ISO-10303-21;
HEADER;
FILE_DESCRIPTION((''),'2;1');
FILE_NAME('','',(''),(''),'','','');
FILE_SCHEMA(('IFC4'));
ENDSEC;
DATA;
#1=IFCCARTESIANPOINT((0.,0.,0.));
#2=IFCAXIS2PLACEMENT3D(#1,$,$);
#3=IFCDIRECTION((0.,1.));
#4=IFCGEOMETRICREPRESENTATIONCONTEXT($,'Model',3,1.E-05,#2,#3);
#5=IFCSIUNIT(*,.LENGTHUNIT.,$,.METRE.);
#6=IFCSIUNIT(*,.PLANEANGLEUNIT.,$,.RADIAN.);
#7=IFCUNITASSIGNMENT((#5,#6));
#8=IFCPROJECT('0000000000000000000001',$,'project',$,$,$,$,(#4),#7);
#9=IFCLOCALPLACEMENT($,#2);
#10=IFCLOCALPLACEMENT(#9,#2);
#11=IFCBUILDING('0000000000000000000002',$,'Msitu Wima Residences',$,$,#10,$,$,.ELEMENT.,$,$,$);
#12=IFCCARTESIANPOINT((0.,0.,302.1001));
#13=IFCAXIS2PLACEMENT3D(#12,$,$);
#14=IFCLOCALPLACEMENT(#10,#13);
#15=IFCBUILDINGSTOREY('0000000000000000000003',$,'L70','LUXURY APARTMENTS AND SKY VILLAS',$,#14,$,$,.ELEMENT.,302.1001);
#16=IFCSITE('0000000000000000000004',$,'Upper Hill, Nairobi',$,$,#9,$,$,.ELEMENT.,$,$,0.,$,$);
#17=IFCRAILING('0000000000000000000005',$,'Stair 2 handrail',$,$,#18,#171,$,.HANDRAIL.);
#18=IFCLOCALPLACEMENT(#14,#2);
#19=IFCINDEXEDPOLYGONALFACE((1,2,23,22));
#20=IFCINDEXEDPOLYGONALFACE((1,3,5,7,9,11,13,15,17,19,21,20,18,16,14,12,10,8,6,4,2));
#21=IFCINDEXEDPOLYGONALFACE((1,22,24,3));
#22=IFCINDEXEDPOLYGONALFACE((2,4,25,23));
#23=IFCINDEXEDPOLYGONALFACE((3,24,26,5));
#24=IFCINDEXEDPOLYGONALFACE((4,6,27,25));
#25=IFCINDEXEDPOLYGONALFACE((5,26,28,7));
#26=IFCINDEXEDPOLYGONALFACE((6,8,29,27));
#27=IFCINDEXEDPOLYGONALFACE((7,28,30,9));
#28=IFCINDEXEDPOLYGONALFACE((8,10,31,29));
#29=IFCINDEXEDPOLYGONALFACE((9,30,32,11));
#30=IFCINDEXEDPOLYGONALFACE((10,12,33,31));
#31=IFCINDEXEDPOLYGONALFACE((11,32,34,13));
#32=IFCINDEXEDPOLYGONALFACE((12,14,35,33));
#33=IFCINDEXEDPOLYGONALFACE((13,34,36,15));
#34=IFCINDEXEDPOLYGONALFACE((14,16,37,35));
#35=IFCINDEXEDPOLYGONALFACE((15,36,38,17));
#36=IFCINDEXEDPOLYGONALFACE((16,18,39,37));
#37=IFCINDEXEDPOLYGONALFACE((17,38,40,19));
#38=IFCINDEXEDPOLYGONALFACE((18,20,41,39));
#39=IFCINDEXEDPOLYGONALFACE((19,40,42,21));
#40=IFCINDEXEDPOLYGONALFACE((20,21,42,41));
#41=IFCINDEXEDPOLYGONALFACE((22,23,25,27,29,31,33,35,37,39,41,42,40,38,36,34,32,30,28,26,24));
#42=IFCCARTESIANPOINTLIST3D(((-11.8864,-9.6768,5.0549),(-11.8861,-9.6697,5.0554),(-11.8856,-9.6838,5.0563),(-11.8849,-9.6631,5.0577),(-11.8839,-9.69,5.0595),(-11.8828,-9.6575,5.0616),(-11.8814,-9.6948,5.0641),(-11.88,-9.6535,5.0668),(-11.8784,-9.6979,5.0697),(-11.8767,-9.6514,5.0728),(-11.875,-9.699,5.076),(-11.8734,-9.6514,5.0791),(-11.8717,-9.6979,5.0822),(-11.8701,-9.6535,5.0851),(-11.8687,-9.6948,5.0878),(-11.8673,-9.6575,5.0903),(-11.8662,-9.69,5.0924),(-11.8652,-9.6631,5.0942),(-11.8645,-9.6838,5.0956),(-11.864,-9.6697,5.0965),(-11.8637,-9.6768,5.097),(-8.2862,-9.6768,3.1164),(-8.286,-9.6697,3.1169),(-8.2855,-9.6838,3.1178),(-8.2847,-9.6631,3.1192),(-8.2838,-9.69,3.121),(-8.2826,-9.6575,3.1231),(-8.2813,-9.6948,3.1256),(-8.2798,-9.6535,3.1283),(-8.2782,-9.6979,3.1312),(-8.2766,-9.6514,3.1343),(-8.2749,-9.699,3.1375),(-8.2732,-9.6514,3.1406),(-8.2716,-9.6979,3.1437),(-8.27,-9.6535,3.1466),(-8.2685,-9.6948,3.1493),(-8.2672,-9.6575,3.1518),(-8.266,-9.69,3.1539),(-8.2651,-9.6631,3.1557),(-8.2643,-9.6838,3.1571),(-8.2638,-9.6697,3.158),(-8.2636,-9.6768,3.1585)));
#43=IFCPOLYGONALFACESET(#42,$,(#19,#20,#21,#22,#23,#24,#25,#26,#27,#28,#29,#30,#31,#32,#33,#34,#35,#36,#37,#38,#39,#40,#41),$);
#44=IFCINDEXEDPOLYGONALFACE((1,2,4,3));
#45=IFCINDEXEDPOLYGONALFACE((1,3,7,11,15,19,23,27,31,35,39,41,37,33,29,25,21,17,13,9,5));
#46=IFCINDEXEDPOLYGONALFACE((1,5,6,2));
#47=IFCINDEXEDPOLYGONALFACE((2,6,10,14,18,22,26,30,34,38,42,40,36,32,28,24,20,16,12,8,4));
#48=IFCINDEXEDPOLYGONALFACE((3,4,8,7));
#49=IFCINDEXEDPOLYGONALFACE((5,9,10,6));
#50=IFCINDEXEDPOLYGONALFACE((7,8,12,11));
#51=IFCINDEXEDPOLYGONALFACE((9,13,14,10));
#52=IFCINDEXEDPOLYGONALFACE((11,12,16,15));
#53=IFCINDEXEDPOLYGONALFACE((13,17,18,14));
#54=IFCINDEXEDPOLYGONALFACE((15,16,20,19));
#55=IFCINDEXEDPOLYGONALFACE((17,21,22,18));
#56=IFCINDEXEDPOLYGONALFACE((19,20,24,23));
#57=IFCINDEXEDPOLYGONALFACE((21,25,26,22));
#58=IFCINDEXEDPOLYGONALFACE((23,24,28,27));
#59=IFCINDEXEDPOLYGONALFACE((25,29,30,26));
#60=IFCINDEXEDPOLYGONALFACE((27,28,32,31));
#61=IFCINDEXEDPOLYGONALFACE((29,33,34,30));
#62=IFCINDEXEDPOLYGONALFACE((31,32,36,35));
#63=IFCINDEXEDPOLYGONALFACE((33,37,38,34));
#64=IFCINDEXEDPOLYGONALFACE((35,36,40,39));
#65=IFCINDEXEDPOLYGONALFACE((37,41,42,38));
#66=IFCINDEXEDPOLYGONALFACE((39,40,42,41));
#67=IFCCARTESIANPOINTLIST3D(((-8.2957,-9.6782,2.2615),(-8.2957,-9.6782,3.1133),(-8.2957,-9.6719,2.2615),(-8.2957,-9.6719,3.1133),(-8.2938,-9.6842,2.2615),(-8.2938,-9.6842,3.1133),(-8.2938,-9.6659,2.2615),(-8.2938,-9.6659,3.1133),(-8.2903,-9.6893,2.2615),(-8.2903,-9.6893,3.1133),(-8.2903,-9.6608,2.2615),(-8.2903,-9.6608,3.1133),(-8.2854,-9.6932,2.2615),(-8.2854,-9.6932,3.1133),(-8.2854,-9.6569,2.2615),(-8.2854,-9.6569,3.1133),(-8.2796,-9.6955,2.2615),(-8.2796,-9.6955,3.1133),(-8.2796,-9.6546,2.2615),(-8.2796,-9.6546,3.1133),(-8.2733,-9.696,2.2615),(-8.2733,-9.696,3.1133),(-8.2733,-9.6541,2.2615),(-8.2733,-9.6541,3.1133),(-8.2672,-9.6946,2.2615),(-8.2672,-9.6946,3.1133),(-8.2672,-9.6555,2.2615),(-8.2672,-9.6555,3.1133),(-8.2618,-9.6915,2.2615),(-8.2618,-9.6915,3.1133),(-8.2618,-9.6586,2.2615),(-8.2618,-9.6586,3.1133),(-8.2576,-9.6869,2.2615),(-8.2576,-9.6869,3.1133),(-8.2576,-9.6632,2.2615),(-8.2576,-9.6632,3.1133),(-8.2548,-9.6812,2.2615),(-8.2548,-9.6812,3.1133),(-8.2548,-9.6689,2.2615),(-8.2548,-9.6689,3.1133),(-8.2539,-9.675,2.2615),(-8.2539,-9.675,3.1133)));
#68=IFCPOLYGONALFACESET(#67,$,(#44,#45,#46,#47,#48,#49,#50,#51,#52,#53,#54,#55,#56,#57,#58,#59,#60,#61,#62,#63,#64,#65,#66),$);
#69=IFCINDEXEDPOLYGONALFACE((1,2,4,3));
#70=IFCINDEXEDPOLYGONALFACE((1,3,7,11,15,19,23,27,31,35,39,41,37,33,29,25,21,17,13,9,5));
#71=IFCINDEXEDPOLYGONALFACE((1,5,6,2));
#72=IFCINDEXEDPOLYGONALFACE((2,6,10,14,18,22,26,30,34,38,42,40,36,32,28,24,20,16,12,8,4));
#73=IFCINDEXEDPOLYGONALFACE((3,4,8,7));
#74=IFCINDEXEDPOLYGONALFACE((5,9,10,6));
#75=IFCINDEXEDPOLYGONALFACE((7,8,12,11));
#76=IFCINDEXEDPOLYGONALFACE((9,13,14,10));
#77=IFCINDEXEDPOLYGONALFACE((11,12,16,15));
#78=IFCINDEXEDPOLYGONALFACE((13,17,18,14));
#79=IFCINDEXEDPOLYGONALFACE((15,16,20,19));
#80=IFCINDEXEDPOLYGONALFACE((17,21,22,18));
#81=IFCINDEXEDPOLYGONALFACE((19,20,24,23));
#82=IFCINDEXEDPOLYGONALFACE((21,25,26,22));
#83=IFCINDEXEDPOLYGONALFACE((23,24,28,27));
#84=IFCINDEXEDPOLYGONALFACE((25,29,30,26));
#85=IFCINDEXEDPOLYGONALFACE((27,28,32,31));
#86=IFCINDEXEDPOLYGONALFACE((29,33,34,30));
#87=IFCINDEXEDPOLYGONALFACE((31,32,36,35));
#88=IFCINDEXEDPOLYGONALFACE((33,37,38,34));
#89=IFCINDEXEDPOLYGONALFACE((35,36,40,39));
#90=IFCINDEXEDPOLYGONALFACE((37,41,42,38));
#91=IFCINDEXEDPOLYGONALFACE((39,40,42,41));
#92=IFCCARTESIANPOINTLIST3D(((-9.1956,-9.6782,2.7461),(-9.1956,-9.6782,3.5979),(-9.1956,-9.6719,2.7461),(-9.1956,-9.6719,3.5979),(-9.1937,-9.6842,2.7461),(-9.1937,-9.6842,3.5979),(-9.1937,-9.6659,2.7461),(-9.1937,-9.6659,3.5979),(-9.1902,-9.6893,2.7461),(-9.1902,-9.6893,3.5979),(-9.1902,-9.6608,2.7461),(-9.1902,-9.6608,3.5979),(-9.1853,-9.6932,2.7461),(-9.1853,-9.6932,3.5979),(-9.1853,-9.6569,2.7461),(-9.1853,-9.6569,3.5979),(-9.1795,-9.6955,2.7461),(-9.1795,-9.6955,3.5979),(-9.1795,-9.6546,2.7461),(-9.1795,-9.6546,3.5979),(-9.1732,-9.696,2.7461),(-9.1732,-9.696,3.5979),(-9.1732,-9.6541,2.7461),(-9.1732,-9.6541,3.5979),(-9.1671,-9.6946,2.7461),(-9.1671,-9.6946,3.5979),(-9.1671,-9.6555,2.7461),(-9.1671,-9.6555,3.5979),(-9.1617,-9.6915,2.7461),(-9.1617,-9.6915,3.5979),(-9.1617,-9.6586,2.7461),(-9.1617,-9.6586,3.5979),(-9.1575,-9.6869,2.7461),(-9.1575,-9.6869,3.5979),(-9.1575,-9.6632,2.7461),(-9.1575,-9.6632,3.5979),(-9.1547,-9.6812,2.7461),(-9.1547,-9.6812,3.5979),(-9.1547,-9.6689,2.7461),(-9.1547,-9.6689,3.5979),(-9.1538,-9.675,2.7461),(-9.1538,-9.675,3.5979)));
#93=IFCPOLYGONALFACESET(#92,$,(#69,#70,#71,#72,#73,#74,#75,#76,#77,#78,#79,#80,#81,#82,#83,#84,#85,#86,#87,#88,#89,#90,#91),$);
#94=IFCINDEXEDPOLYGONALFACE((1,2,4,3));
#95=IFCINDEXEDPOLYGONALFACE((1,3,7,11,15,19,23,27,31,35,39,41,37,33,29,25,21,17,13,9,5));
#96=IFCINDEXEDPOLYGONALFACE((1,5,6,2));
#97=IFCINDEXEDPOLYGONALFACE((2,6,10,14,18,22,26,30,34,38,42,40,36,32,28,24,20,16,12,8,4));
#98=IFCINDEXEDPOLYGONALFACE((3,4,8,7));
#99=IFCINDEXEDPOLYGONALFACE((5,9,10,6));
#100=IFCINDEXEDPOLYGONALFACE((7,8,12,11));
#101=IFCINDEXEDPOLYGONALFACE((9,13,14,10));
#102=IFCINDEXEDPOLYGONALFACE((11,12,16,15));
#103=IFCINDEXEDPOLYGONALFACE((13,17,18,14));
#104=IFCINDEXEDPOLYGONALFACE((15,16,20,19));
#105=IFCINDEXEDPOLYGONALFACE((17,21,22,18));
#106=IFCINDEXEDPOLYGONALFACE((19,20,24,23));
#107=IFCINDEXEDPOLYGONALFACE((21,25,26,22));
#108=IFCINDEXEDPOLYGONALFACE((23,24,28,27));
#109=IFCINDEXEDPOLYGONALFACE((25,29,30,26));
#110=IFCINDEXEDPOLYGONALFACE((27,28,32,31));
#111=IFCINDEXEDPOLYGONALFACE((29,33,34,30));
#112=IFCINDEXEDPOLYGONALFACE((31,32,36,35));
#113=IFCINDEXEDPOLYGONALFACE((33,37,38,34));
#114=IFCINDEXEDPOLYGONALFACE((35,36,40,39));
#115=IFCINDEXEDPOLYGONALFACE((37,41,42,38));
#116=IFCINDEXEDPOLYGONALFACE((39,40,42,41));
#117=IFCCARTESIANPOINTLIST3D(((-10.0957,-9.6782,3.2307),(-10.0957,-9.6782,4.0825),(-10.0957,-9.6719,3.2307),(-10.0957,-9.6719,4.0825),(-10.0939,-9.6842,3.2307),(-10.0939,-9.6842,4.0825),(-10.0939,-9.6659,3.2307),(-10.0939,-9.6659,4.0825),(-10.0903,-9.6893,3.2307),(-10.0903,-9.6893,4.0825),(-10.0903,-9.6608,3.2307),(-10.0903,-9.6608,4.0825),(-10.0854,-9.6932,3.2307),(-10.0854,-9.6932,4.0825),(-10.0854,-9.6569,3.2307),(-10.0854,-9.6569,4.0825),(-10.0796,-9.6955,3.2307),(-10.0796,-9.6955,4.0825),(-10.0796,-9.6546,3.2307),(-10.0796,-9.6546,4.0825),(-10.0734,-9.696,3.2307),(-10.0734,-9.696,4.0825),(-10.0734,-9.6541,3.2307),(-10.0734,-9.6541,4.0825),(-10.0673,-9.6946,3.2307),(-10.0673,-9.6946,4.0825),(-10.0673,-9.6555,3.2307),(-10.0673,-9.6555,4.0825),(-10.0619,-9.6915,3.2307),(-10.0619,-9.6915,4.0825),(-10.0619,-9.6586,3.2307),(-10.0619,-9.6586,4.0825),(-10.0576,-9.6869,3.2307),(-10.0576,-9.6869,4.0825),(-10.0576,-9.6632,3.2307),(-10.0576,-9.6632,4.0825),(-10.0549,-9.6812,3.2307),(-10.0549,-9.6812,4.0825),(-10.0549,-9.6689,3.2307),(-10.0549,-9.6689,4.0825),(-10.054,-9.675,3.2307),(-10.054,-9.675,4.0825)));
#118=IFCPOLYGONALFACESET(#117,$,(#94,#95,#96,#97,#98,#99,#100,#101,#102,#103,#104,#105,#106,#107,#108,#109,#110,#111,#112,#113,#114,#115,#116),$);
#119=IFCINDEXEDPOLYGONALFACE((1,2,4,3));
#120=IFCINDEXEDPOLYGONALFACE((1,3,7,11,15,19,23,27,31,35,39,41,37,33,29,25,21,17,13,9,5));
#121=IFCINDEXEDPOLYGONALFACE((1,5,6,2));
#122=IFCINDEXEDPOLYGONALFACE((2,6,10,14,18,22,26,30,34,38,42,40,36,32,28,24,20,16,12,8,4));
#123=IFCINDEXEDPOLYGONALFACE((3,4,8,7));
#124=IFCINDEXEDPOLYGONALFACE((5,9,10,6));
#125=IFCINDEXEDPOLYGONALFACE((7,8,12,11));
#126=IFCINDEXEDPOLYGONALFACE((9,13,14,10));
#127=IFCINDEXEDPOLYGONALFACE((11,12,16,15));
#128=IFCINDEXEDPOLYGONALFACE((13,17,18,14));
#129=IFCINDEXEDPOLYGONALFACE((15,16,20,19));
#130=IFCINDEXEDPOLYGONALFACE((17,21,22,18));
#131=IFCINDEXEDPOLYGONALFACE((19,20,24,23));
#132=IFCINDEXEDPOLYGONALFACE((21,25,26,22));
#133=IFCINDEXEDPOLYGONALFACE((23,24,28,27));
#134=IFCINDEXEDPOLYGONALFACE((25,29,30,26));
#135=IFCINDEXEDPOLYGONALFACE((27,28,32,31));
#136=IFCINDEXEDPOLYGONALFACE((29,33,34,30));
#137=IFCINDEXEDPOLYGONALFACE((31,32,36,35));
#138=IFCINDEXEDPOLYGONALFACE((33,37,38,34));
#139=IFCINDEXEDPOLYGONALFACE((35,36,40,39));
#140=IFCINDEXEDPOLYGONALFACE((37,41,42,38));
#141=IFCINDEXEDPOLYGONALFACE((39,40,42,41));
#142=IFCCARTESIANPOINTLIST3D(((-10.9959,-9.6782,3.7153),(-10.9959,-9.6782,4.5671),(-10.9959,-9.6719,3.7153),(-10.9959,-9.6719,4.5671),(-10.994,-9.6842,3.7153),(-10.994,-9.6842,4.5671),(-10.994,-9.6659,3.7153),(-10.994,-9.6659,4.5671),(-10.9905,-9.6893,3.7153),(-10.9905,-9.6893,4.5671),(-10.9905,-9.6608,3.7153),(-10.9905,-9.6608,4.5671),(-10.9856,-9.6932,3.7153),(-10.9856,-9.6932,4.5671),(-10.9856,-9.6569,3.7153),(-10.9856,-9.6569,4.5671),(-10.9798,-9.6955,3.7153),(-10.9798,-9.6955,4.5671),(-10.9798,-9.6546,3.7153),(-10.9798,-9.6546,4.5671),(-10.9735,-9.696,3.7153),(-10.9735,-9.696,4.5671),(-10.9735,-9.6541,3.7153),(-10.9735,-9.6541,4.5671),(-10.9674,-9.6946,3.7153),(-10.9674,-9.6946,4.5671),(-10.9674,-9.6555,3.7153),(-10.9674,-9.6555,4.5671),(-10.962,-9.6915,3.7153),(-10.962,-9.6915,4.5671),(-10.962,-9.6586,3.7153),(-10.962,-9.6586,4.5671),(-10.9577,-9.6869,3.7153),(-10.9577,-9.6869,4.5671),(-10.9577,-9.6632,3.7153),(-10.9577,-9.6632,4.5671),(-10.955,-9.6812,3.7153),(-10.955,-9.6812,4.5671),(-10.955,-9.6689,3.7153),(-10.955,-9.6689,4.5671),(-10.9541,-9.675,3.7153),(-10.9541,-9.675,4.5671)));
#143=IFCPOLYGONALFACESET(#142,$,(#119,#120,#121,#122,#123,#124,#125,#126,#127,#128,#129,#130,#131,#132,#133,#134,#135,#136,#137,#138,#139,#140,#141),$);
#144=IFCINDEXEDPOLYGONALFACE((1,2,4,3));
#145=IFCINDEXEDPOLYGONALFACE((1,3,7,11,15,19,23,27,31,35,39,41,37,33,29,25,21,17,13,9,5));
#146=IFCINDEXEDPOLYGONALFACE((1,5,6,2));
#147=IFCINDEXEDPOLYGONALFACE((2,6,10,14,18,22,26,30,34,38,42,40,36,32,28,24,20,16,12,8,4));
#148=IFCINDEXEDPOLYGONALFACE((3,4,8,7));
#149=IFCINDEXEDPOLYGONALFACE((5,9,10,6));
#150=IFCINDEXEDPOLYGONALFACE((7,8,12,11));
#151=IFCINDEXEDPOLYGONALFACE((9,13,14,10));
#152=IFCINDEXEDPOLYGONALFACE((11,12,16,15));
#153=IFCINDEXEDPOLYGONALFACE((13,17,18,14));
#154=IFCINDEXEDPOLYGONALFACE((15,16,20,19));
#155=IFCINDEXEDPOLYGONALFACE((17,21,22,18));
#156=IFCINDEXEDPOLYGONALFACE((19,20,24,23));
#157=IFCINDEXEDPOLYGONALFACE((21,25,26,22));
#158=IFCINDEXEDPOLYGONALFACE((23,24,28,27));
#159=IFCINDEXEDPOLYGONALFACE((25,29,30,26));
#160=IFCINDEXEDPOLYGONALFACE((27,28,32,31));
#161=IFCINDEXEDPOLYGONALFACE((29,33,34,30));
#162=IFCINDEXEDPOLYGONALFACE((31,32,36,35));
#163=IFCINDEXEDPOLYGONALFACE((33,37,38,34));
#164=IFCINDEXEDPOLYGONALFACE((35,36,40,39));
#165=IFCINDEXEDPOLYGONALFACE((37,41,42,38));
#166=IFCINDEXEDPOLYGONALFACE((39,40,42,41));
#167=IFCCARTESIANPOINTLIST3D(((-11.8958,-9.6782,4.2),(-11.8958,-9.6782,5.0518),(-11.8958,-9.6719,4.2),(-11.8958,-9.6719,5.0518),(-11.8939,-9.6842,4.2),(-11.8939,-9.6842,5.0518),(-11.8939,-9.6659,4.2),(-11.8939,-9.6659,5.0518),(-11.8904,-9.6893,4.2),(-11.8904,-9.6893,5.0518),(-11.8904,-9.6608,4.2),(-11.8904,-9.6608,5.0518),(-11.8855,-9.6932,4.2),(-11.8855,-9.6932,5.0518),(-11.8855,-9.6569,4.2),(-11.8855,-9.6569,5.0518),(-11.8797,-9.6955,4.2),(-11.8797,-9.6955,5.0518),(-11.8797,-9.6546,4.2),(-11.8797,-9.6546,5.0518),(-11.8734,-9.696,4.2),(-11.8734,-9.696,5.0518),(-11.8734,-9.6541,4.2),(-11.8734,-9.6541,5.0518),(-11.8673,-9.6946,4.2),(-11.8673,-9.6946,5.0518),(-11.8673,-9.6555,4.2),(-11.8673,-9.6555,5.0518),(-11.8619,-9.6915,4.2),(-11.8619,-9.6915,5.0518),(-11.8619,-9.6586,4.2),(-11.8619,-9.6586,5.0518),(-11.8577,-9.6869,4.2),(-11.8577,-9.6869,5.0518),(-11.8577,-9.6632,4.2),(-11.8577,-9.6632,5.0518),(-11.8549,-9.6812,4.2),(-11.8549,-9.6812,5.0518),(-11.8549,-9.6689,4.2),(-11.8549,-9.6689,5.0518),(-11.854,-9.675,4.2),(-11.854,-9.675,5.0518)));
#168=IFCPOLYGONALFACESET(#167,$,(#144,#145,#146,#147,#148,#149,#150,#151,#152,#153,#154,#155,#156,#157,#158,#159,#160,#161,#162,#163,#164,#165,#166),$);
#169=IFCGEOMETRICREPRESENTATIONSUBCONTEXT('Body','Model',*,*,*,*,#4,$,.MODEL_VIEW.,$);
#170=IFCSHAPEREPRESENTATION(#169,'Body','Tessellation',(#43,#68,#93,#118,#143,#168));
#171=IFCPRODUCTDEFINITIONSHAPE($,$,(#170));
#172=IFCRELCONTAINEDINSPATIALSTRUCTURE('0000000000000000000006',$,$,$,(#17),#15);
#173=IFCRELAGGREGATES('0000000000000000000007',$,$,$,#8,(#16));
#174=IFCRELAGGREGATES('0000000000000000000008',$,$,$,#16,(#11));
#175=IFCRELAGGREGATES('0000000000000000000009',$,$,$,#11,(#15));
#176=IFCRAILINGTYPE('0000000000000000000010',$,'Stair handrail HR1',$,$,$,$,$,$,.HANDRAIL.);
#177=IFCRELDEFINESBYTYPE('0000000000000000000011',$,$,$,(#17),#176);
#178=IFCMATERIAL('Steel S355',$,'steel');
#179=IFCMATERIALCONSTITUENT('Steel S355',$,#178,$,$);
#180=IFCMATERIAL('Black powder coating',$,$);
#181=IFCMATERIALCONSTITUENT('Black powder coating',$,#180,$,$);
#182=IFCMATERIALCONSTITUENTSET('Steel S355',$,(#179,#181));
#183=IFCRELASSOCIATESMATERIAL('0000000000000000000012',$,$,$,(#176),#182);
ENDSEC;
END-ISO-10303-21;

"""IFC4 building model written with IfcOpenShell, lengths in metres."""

from ifc_helpers import new_model, si_unit, direction, frame, origin, origin_2d, place, context, subcontext, project, spatial, circle, extrude, material, constituent, constituent_set, type_object, element, save


model = new_model("IFC4")

# Units and contexts
model_context = context("Model", 3, precision=1e-05, world=origin(), true_north=direction((0.0, 1.0)))
body_context = subcontext(model_context, "Body", "Model", "MODEL_VIEW")
ifc_project = project(units=[si_unit("LENGTHUNIT", "METRE"), si_unit("PLANEANGLEUNIT", "RADIAN")], contexts=[model_context])

# Site, building, storey
site_placement = place(None, origin())
site = spatial("IfcSite", under=ifc_project, at=site_placement, Name="Upper Hill, Nairobi", CompositionType="ELEMENT", RefElevation=0.0)
building_placement = place(site_placement, origin())
building = spatial("IfcBuilding", under=site, at=building_placement, Name="Msitu Wima Residences", CompositionType="ELEMENT")
storey_placement = place(building_placement, frame((0.0, 0.0, 302.1001)))
storey = spatial("IfcBuildingStorey", under=building, at=storey_placement, Name="L70", Description="LUXURY APARTMENTS AND SKY VILLAS", CompositionType="ELEMENT", Elevation=302.1001)

# Railing
ifc_material_1 = material(Name="Steel S355", Category="steel")
ifc_constituent_1 = constituent(ifc_material_1, Name="Steel S355")
ifc_material_2 = material(Name="Black powder coating")
ifc_constituent_2 = constituent(ifc_material_2, Name="Black powder coating")
ifc_constituent_set = constituent_set(constituents=[ifc_constituent_1, ifc_constituent_2], Name="Steel S355")
railing_type = type_object("IfcRailingType", Name="Stair handrail HR1", PredefinedType="HANDRAIL", material=ifc_constituent_set)
for number, where, name in (
    (1, (-8.2749, -9.675, 2.2615), "Stair 2 handrail"),
):
    element("IfcRailing", number, at=place(storey_placement, frame(where)), inside=storey, type_object=railing_type, Name=name, PredefinedType="HANDRAIL", context=body_context, shape_type="SweptSolid", body=[
        extrude(circle(Radius=0.0239, at=origin_2d()), frame((0.0, 0.0, 0.876), z_axis=(-0.880475, 0.0, 0.474093), x_axis=(0.0, -1.0, 0.0)), (0.0, 0.0, 1.0), 4.0889),
        extrude(circle(Radius=0.021, at=origin_2d()), origin(), (0.0, 0.0, 1.0), 0.8518),
        extrude(circle(Radius=0.021, at=origin_2d()), frame((-0.8999, 0.0, 0.4846)), (0.0, 0.0, 1.0), 0.8518),
        extrude(circle(Radius=0.021, at=origin_2d()), frame((-1.8, 0.0, 0.9692)), (0.0, 0.0, 1.0), 0.8518),
        extrude(circle(Radius=0.021, at=origin_2d()), frame((-2.7002, 0.0, 1.4539)), (0.0, 0.0, 1.0), 0.8518),
        extrude(circle(Radius=0.021, at=origin_2d()), frame((-3.6001, 0.0, 1.9385)), (0.0, 0.0, 1.0), 0.8518),
    ])

save(model, "model.ifc")
